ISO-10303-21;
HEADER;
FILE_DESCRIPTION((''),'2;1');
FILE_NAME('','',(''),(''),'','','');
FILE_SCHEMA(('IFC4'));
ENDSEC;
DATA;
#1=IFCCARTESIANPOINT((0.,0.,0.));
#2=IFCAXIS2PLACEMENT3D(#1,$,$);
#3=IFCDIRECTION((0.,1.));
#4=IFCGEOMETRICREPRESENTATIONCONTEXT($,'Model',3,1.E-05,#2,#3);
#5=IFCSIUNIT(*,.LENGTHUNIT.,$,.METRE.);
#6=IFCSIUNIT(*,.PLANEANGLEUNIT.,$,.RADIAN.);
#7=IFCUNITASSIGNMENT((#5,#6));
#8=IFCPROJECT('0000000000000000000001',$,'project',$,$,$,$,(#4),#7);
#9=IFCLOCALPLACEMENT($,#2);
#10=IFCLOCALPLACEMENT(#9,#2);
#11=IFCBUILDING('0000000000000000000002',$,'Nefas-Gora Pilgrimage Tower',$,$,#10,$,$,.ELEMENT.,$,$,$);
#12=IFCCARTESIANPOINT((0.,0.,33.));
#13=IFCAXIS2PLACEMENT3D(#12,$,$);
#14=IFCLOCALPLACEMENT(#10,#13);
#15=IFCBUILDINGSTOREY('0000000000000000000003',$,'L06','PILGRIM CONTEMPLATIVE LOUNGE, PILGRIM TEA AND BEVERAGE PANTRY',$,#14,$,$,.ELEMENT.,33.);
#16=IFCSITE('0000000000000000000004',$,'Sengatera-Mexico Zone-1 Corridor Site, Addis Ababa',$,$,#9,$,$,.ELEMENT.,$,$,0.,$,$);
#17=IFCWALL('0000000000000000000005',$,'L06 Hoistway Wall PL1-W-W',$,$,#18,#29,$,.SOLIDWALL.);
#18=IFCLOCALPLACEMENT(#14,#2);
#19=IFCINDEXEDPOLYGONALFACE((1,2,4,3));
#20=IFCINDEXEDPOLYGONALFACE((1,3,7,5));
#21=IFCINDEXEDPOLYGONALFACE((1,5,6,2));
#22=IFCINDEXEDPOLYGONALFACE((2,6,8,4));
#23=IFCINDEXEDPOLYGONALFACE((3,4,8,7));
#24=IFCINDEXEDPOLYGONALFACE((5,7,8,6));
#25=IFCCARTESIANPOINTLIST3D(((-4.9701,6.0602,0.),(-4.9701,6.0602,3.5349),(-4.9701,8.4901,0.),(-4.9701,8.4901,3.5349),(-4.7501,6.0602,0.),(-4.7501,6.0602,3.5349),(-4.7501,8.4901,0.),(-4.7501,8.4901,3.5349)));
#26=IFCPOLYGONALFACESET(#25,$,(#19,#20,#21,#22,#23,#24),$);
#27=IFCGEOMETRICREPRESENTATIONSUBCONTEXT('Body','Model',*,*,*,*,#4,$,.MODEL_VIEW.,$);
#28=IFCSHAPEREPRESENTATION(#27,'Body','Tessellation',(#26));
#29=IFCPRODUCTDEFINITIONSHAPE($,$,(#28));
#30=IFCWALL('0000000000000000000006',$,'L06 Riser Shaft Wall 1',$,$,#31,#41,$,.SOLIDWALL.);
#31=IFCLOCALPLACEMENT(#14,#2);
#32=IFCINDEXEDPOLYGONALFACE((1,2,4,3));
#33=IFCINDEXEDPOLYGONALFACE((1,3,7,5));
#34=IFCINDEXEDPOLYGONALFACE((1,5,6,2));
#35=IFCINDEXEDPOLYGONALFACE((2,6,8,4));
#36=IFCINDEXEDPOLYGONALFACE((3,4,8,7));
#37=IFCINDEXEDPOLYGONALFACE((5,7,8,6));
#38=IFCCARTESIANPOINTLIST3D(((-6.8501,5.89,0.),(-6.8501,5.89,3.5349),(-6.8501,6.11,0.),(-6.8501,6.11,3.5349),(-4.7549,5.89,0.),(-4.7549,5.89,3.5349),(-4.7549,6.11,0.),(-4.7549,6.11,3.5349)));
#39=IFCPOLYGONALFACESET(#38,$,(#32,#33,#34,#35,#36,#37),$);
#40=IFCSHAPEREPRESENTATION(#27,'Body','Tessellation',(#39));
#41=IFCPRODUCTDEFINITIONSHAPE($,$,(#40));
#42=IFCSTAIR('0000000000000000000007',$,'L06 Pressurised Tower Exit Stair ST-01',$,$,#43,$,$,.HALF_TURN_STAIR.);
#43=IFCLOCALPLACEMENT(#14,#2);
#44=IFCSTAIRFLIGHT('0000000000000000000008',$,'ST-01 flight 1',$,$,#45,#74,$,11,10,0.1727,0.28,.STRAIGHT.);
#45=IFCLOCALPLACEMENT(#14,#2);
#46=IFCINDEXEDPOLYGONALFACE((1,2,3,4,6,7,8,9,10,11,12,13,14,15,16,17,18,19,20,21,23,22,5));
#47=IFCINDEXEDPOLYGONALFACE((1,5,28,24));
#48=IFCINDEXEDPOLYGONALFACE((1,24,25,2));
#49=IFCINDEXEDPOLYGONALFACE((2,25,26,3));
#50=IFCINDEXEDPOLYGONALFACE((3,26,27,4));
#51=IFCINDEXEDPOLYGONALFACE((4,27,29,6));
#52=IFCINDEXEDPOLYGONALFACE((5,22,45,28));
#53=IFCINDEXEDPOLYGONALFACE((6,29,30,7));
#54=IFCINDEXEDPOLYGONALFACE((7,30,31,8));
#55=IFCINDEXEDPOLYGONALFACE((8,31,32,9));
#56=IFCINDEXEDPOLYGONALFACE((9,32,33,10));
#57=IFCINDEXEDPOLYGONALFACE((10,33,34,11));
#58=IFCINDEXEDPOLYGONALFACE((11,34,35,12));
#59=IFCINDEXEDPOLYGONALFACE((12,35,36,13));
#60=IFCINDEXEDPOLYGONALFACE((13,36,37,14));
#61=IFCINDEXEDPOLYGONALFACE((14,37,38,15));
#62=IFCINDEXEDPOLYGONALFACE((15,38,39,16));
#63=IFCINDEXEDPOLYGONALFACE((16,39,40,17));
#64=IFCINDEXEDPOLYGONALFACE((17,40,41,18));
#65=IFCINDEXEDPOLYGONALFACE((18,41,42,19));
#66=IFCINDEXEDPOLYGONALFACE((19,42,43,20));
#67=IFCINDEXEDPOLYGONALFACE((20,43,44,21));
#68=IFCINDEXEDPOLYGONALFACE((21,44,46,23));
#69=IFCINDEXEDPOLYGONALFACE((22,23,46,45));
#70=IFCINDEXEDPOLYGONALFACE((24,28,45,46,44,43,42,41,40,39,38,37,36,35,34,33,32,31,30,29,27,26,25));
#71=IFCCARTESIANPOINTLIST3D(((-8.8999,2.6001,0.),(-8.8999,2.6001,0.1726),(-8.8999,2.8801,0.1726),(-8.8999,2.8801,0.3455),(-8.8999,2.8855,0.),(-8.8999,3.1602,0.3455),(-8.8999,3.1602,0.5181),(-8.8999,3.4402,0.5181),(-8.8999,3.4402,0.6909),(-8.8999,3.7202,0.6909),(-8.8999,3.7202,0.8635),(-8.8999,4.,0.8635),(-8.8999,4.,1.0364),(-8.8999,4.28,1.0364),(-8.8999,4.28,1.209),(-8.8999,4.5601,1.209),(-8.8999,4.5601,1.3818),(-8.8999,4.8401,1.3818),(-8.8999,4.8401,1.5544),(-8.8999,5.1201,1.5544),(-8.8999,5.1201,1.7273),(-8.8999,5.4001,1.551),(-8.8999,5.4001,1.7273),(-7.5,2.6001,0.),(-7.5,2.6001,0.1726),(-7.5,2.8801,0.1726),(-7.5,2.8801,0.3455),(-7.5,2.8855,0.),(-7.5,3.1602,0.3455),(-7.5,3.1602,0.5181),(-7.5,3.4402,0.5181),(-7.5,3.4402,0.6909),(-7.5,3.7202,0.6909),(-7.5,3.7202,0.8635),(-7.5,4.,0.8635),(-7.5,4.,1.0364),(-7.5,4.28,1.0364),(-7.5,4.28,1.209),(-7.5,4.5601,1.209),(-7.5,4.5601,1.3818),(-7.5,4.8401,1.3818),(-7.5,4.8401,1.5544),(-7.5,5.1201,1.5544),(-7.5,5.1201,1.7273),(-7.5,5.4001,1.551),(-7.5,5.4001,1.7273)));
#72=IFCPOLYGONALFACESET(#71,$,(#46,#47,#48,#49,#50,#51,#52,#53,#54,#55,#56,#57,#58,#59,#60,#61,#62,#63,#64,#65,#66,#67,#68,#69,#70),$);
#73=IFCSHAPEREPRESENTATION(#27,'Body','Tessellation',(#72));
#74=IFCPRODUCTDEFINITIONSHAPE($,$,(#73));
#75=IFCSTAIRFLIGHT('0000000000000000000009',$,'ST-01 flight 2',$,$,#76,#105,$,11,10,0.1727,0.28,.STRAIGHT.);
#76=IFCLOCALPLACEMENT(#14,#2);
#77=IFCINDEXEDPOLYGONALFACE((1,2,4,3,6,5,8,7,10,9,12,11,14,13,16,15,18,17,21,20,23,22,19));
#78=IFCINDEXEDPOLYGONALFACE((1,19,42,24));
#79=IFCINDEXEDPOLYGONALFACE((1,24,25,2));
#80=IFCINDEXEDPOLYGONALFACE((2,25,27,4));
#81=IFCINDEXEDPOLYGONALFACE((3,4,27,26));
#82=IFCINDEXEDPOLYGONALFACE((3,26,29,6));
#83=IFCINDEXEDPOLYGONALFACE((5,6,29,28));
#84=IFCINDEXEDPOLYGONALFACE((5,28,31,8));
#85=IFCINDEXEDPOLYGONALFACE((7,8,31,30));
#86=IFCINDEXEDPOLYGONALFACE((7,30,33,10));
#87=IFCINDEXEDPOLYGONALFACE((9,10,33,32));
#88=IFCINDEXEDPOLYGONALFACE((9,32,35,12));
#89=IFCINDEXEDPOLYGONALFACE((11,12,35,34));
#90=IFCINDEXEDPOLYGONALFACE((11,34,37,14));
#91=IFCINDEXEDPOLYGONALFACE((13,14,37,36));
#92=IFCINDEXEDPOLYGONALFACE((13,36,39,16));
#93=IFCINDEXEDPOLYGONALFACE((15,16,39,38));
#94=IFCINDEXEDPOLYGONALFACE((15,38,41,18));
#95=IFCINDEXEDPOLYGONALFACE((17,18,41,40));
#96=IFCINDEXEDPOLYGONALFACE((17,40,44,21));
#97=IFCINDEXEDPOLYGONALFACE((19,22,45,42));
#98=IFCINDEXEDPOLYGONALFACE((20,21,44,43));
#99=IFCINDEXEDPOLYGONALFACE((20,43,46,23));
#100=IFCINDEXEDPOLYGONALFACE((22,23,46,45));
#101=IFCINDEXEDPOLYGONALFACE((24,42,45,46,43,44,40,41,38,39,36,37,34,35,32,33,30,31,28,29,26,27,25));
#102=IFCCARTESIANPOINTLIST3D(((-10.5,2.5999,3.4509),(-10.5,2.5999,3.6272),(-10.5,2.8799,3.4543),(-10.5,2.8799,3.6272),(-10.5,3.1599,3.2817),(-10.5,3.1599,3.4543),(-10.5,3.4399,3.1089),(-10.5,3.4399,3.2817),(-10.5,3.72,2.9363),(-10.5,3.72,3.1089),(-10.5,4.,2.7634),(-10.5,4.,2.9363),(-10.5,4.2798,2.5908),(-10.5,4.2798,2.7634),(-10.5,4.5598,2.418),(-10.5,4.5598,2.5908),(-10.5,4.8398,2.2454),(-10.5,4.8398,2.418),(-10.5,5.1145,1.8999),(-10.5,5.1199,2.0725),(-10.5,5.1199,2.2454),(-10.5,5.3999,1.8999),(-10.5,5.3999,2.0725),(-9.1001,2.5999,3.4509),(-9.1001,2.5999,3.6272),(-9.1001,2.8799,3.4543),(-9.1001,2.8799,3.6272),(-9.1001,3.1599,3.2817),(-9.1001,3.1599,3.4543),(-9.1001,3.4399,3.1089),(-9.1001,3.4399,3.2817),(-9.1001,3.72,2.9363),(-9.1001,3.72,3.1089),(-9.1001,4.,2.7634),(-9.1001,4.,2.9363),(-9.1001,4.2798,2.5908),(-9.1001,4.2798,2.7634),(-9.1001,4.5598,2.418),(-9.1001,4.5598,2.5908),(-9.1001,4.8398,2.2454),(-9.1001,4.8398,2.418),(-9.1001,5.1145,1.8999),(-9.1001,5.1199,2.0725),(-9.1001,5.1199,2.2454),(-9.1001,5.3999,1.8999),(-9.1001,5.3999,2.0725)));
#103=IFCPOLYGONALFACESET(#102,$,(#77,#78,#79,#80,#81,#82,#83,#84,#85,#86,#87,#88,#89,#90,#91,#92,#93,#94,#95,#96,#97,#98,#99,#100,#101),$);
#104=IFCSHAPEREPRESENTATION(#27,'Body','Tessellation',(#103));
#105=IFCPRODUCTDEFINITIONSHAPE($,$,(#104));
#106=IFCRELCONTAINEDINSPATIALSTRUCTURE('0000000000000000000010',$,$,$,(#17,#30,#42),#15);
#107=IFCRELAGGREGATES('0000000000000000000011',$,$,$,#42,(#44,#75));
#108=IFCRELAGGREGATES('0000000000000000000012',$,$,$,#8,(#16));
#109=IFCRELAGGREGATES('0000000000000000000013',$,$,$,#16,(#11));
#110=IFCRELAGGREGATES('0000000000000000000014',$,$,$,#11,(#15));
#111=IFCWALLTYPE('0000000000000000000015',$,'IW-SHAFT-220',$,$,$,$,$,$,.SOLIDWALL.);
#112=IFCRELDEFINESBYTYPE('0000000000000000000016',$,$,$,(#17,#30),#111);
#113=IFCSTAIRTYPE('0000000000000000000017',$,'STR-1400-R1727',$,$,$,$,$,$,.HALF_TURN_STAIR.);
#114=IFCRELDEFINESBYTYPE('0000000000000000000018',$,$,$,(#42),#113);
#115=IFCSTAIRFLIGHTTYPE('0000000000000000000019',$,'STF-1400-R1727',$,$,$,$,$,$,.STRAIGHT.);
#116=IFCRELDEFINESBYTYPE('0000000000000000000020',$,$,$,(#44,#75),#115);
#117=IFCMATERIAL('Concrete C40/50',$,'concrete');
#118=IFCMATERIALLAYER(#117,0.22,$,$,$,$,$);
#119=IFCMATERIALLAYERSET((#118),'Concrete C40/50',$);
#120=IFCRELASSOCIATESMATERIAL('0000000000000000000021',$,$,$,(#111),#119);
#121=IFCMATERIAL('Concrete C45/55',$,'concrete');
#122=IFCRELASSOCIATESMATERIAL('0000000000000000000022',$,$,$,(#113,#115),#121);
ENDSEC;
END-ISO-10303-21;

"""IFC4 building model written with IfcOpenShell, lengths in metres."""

from ifc_helpers import new_model, si_unit, direction, frame, frame_2d, origin, place, context, subcontext, project, spatial, polyline, rectangle, outline, extrude, source, transform, mapped, material, layer, layer_set, type_object, element, aggregate, save


model = new_model("IFC4")

# Units and contexts
model_context = context("Model", 3, precision=1e-05, world=origin(), true_north=direction((0.0, 1.0)))
body_context = subcontext(model_context, "Body", "Model", "MODEL_VIEW")
ifc_project = project(units=[si_unit("LENGTHUNIT", "METRE"), si_unit("PLANEANGLEUNIT", "RADIAN")], contexts=[model_context])

# Site, building, storey
site_placement = place(None, origin())
site = spatial("IfcSite", under=ifc_project, at=site_placement, Name="Sengatera-Mexico Zone-1 Corridor Site, Addis Ababa", CompositionType="ELEMENT", RefElevation=0.0)
building_placement = place(site_placement, origin())
building = spatial("IfcBuilding", under=site, at=building_placement, Name="Nefas-Gora Pilgrimage Tower", CompositionType="ELEMENT")
storey_placement = place(building_placement, frame((0.0, 0.0, 33.0)))
storey = spatial("IfcBuildingStorey", under=building, at=storey_placement, Name="L06", Description="PILGRIM CONTEMPLATIVE LOUNGE, PILGRIM TEA AND BEVERAGE PANTRY", CompositionType="ELEMENT", Elevation=33.0)

# Shared definitions
ifc_material_1 = material(Name="Concrete C45/55", Category="concrete")

# Shared definitions
ifc_material_2 = material(Name="Concrete C40/50", Category="concrete")
ifc_layer_1 = layer(ifc_material_2, 0.22)
ifc_layer_set_1 = layer_set([ifc_layer_1], Name="Concrete C40/50")
wall_type_1 = type_object("IfcWallType", Name="IW-SHAFT-220", PredefinedType="SOLIDWALL", material=ifc_layer_set_1)

# Walls
shared_shape_1 = source(origin(), body_context, "Body", "SweptSolid", [
    extrude(rectangle(XDim=2.4299, YDim=0.22, at=frame_2d((1.2148, 0.0))), origin(), (0.0, 0.0, 1.0), 3.5349),
])
wall_1_placement = place(storey_placement, frame((-4.8601, 8.49, 0.0), z_axis=(0.0, 0.0, 1.0), x_axis=(0.0, -1.0, 0.0)))
element("IfcWall", 1, at=wall_1_placement, inside=storey, type_object=wall_type_1, Name="L06 Hoistway Wall PL1-W-W", PredefinedType="SOLIDWALL", context=body_context, shape_type="MappedRepresentation", body=[
    mapped(shared_shape_1, transform((0.0, 0.0, 0.0), x_axis=(1.0, 0.0, 0.0), y_axis=(0.0, 1.0, 0.0), z_axis=(0.0, 0.0, 1.0), scale=1.0)),
])
shared_shape_2 = source(origin(), body_context, "Body", "SweptSolid", [
    extrude(rectangle(XDim=2.0952, YDim=0.22, at=frame_2d((1.0476, 0.0))), origin(), (0.0, 0.0, 1.0), 3.5349),
])
wall_2_placement = place(storey_placement, frame((-6.8501, 6.0, 0.0), z_axis=(0.0, 0.0, 1.0), x_axis=(1.0, 0.0, 0.0)))
element("IfcWall", 2, at=wall_2_placement, inside=storey, type_object=wall_type_1, Name="L06 Riser Shaft Wall 1", PredefinedType="SOLIDWALL", context=body_context, shape_type="MappedRepresentation", body=[
    mapped(shared_shape_2, transform((0.0, 0.0, 0.0), x_axis=(1.0, 0.0, 0.0), y_axis=(0.0, 1.0, 0.0), z_axis=(0.0, 0.0, 1.0), scale=1.0)),
])

# Stair, stair flights
stair_type = type_object("IfcStairType", Name="STR-1400-R1727", PredefinedType="HALF_TURN_STAIR", material=ifc_material_1)
stair_placement = place(storey_placement, origin())
stair = element("IfcStair", 3, at=stair_placement, inside=storey, type_object=stair_type, Name="L06 Pressurised Tower Exit Stair ST-01", PredefinedType="HALF_TURN_STAIR")
stair_flight_type = type_object("IfcStairFlightType", Name="STF-1400-R1727", PredefinedType="STRAIGHT", material=ifc_material_1)
shared_shape_3 = source(origin(), body_context, "Body", "SweptSolid", [
    extrude(outline(polyline([(0.0, 0.0), (0.0, 0.1726), (0.28, 0.1726), (0.28, 0.3455), (0.5601, 0.3455), (0.5601, 0.5181), (0.8401, 0.5181), (0.8401, 0.6909), (1.1201, 0.6909), (1.1201, 0.8635), (1.3999, 0.8635), (1.3999, 1.0364), (1.6799, 1.0364), (1.6799, 1.209), (1.96, 1.209), (1.96, 1.3818), (2.24, 1.3818), (2.24, 1.5544), (2.52, 1.5544), (2.52, 1.7273), (2.8, 1.7273), (2.8, 1.8999), (2.8, 1.551), (0.2854, 0.0), (0.0, 0.0)])), frame((0.0, 0.7, 0.0), z_axis=(0.0, -1.0, 0.0), x_axis=(1.0, 0.0, 0.0)), (0.0, 0.0, 1.0), 1.3999),
])
stair_flight_1_placement = place(storey_placement, frame((-8.2, 2.6001, 0.0), z_axis=(0.0, 0.0, 1.0), x_axis=(0.0, 1.0, 0.0)))
stair_flight_1 = element("IfcStairFlight", 4, at=stair_flight_1_placement, type_object=stair_flight_type, Name="ST-01 flight 1", NumberOfRisers=11, NumberOfTreads=10, PredefinedType="STRAIGHT", RiserHeight=0.1727, TreadLength=0.28, context=body_context, shape_type="MappedRepresentation", body=[
    mapped(shared_shape_3, transform((0.0, 0.0, 0.0), x_axis=(1.0, 0.0, 0.0), y_axis=(0.0, 1.0, 0.0), z_axis=(0.0, 0.0, 1.0), scale=1.0)),
])
stair_flight_2_placement = place(storey_placement, frame((-9.8, 5.3999, 1.8999), z_axis=(0.0, 0.0, 1.0), x_axis=(0.0, -1.0, 0.0)))
stair_flight_2 = element("IfcStairFlight", 5, at=stair_flight_2_placement, type_object=stair_flight_type, Name="ST-01 flight 2", NumberOfRisers=11, NumberOfTreads=10, PredefinedType="STRAIGHT", RiserHeight=0.1727, TreadLength=0.28, context=body_context, shape_type="MappedRepresentation", body=[
    mapped(shared_shape_3, transform((0.0, 0.0, 0.0), x_axis=(1.0, 0.0, 0.0), y_axis=(0.0, 1.0, 0.0), z_axis=(0.0, 0.0, 1.0), scale=1.0)),
])
aggregate(stair, [stair_flight_1, stair_flight_2])

save(model, "model.ifc")
